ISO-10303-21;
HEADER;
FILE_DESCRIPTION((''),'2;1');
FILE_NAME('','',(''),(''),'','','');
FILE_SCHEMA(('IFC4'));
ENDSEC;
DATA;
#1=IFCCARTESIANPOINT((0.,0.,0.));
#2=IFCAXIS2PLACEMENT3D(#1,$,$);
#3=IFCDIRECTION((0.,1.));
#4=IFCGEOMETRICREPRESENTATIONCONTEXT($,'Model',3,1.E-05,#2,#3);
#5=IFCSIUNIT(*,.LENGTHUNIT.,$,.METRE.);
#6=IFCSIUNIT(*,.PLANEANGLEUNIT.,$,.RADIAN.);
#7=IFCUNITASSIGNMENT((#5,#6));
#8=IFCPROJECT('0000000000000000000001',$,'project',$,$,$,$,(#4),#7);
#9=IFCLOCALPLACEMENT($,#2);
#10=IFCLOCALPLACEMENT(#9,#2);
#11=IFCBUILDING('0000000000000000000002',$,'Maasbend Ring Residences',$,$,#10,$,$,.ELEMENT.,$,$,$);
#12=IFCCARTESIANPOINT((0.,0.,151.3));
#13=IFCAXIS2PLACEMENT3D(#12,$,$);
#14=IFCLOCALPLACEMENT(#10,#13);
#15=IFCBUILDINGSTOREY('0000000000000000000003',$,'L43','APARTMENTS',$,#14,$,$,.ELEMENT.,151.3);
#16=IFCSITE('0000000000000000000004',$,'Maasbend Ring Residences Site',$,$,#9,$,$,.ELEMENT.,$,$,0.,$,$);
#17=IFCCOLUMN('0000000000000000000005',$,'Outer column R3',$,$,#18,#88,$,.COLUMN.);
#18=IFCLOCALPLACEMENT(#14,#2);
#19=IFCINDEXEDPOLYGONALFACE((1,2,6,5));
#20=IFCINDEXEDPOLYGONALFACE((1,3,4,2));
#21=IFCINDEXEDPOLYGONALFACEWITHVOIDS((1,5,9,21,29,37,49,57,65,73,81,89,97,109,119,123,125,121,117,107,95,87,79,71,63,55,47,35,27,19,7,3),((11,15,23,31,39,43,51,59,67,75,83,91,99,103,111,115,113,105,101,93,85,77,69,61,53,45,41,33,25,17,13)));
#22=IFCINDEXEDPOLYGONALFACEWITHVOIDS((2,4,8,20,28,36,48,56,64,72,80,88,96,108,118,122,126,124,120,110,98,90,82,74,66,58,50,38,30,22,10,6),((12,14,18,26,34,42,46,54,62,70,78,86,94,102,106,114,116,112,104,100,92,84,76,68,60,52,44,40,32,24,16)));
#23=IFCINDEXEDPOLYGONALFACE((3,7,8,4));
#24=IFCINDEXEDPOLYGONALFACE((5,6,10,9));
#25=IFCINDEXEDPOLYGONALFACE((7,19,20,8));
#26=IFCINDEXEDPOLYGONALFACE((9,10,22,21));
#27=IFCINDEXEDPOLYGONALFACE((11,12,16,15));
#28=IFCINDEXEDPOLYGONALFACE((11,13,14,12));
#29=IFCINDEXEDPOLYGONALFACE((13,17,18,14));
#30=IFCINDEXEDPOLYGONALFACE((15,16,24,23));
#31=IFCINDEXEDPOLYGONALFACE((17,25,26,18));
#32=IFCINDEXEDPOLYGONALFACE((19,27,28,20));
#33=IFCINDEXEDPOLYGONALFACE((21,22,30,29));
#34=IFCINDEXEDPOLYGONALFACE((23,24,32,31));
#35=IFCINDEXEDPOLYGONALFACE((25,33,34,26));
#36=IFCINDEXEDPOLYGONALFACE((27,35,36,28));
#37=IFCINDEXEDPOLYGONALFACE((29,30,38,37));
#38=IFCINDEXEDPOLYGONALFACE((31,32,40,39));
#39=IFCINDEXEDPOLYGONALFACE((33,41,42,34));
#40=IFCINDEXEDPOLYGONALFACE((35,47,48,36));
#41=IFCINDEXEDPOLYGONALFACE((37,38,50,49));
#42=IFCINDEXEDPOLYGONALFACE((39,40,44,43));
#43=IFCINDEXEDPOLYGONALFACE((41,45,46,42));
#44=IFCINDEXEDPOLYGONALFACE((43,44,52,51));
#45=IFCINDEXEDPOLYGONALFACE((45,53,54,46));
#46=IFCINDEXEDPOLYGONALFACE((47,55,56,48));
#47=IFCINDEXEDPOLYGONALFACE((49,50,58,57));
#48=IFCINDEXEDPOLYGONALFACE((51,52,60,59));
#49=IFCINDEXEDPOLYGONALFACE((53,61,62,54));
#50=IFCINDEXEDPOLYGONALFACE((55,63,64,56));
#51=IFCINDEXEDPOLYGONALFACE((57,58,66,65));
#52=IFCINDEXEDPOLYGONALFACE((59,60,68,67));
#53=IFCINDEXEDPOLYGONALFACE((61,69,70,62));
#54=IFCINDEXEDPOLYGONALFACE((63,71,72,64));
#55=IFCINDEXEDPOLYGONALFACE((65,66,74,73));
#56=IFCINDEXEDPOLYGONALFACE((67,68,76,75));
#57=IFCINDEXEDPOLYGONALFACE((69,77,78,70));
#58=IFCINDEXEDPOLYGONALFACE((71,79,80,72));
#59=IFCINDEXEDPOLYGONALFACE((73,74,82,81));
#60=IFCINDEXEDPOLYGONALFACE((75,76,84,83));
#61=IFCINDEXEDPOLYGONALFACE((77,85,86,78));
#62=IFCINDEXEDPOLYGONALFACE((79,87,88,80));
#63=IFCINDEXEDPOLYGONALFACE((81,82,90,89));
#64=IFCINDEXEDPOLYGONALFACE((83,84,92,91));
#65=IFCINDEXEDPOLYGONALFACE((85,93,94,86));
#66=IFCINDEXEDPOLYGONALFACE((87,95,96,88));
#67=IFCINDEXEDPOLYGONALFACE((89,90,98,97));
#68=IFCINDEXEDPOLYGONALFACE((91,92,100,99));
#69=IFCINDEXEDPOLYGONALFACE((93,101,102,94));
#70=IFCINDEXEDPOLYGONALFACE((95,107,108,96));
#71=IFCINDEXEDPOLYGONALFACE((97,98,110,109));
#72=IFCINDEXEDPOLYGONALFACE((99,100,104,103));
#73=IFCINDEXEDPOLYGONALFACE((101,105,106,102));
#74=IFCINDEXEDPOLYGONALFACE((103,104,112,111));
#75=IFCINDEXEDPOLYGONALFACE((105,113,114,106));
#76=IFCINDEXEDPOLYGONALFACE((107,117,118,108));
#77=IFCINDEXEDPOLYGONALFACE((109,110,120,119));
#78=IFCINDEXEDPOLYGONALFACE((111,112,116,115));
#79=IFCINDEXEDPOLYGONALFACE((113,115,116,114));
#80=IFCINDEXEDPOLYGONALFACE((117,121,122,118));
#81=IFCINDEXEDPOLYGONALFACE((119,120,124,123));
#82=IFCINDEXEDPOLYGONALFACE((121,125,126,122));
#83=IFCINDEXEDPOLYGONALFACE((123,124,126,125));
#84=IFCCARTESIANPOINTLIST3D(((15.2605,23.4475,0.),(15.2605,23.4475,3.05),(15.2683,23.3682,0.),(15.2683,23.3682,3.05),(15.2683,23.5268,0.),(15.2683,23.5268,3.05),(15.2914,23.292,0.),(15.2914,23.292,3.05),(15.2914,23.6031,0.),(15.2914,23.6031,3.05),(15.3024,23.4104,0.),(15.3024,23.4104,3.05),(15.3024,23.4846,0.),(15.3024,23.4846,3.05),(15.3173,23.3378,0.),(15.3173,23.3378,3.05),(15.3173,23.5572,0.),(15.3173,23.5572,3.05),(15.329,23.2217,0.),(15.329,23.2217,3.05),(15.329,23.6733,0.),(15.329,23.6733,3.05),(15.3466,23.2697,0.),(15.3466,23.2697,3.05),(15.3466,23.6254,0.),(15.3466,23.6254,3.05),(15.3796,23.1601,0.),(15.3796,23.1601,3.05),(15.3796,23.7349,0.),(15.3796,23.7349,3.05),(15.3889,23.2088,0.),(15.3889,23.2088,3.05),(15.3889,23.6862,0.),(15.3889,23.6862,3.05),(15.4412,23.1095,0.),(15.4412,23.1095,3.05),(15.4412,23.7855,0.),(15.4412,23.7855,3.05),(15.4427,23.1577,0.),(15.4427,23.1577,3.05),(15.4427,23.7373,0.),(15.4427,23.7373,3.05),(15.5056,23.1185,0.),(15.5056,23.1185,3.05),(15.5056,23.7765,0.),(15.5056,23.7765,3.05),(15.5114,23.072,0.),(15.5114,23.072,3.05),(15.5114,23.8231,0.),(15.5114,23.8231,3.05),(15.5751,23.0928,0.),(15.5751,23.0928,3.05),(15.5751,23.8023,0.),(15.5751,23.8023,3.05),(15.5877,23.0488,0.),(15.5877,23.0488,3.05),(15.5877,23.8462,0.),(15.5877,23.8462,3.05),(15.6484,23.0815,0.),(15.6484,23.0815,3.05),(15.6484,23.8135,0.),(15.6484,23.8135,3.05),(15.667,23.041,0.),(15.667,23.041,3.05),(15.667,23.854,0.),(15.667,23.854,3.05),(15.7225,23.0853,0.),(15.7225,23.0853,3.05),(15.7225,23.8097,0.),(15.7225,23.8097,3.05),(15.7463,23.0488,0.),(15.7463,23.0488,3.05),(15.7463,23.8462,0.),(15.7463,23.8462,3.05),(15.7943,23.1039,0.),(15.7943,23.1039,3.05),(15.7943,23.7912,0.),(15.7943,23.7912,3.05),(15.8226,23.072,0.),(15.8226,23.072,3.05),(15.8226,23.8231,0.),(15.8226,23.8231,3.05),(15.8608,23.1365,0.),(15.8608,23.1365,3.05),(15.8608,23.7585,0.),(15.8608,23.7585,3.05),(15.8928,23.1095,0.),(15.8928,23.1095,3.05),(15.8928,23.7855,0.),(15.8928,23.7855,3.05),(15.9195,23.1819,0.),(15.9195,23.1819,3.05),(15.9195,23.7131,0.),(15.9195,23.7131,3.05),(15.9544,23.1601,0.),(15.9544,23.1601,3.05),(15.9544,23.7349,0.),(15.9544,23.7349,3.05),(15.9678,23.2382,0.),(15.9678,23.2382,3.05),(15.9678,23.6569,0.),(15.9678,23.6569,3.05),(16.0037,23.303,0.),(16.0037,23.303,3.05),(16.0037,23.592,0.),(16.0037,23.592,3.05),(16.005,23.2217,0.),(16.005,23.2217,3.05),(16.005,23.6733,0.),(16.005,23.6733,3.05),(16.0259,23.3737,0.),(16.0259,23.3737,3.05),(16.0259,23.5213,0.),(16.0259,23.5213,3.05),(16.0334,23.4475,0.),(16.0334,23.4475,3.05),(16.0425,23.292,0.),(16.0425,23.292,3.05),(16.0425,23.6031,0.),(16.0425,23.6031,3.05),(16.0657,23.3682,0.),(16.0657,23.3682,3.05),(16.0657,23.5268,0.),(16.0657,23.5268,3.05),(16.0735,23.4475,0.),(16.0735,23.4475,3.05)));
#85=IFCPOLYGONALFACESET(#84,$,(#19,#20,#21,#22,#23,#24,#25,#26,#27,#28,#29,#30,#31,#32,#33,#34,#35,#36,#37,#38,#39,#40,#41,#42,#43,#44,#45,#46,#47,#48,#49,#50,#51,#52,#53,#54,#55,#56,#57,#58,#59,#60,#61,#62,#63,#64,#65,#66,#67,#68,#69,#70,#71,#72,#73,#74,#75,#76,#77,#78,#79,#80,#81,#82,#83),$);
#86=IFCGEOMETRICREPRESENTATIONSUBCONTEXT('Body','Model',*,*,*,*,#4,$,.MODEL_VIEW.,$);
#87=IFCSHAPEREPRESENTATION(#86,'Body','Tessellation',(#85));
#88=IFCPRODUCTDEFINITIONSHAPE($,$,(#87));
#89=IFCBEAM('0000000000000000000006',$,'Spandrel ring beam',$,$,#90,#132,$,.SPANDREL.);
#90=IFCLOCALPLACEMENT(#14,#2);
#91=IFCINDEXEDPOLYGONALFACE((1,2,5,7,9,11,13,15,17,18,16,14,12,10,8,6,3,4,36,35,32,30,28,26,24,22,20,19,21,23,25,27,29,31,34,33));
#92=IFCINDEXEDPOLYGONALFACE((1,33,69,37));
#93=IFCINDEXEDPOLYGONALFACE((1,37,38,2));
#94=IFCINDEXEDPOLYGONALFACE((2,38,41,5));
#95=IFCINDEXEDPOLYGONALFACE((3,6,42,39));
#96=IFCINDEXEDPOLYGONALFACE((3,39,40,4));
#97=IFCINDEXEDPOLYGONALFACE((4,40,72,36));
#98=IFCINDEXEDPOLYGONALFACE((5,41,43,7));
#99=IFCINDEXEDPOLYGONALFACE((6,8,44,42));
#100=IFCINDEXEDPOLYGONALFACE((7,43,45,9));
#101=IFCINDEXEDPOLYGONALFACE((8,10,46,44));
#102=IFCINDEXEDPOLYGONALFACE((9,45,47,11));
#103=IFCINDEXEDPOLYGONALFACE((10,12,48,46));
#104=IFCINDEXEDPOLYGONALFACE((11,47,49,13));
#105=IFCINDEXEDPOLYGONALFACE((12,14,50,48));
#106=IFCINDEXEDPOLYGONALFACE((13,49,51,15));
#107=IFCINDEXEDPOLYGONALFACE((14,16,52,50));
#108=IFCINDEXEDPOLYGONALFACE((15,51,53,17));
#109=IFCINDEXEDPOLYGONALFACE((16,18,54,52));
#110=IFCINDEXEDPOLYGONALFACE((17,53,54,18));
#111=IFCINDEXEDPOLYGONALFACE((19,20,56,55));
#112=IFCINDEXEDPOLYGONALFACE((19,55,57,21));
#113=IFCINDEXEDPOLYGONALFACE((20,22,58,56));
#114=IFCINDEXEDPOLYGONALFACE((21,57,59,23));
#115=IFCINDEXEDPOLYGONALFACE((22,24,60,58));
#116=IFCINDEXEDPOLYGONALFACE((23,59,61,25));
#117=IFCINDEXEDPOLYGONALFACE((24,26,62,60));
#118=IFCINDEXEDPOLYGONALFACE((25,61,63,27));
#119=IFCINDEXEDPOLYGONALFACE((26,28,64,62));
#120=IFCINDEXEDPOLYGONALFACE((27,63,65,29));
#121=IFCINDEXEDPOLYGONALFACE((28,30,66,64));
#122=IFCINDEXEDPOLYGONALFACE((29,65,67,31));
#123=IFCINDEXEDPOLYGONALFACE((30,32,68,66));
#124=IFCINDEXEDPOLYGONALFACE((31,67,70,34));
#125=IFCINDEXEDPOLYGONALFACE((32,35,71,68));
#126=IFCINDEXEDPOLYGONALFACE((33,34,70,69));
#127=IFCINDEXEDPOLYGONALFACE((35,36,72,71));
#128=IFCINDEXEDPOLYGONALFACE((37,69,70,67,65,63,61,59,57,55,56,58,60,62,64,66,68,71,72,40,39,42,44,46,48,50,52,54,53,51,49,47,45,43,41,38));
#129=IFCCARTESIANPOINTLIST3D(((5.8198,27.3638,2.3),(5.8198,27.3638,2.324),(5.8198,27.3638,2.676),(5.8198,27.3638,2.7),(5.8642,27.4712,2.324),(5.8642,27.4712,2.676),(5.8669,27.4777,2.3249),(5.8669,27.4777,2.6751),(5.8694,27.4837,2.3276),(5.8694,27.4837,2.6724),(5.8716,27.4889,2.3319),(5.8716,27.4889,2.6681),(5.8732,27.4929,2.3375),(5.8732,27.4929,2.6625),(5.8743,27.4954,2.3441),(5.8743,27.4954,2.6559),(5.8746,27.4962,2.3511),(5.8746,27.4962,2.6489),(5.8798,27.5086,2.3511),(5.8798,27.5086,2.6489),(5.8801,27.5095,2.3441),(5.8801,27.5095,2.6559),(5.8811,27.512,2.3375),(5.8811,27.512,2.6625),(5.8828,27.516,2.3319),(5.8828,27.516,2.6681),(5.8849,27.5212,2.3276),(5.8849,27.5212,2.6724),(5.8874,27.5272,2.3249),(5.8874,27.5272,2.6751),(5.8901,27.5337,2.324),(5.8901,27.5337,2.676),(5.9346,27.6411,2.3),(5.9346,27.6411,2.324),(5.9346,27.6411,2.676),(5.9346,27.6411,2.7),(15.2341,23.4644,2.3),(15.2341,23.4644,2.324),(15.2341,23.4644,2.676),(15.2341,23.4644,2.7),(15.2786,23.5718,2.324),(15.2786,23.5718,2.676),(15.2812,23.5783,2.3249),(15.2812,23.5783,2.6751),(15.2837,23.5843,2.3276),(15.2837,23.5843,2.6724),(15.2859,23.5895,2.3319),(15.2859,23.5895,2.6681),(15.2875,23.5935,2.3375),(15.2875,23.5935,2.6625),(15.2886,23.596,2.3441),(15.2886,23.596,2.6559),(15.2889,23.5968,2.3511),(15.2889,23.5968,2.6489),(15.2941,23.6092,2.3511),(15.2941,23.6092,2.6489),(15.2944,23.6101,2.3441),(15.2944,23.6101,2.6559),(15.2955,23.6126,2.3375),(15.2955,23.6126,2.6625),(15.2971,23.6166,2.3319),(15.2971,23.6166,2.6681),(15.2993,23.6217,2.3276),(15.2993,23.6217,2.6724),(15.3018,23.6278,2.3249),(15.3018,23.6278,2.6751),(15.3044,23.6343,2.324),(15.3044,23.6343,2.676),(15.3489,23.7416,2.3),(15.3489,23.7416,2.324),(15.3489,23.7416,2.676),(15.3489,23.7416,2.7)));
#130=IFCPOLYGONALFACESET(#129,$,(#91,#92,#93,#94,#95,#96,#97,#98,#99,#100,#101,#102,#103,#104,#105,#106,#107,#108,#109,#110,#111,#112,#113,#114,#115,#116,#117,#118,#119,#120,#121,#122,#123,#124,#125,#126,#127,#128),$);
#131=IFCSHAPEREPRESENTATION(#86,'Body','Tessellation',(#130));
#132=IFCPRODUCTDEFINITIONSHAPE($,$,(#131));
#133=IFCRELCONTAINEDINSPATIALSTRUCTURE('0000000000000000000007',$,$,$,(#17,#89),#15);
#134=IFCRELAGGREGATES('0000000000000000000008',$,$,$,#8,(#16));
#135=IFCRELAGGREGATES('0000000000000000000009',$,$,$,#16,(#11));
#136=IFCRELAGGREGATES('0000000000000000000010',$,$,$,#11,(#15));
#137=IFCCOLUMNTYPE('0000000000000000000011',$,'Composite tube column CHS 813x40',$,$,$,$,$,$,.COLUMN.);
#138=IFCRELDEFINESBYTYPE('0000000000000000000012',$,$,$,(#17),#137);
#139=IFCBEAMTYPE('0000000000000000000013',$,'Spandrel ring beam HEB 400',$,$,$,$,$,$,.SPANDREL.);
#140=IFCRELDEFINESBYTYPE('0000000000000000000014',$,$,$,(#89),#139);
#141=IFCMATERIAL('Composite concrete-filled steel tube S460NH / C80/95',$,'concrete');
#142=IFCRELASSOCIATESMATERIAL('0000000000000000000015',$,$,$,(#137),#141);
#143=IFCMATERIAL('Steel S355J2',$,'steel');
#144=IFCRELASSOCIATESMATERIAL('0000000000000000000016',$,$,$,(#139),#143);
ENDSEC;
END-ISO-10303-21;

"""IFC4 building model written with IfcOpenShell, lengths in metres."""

from ifc_helpers import new_model, si_unit, direction, frame, origin, origin_2d, place, context, subcontext, project, spatial, hollow_circle, i_section, extrude, material, material_profile, profile_set, type_object, element, save


model = new_model("IFC4")

# Units and contexts
model_context = context("Model", 3, precision=1e-05, world=origin(), true_north=direction((0.0, 1.0)))
body_context = subcontext(model_context, "Body", "Model", "MODEL_VIEW")
ifc_project = project(units=[si_unit("LENGTHUNIT", "METRE"), si_unit("PLANEANGLEUNIT", "RADIAN")], contexts=[model_context])

# Site, building, storey
site_placement = place(None, origin())
site = spatial("IfcSite", under=ifc_project, at=site_placement, Name="Maasbend Ring Residences Site", CompositionType="ELEMENT", RefElevation=0.0)
building_placement = place(site_placement, origin())
building = spatial("IfcBuilding", under=site, at=building_placement, Name="Maasbend Ring Residences", CompositionType="ELEMENT")
storey_placement = place(building_placement, frame((0.0, 0.0, 151.3)))
storey = spatial("IfcBuildingStorey", under=building, at=storey_placement, Name="L43", Description="APARTMENTS", CompositionType="ELEMENT", Elevation=151.3)

# Column
ifc_material_1 = material(Name="Composite concrete-filled steel tube S460NH / C80/95", Category="concrete")
ifc_material_profile_1 = material_profile(ifc_material_1, hollow_circle(Radius=0.4065, WallThickness=0.04, at=origin_2d()), Name="Composite tube column CHS 813x40")
ifc_profile_set_1 = profile_set([ifc_material_profile_1], Name="Composite concrete-filled steel tube S460NH / C80/95")
column_type = type_object("IfcColumnType", Name="Composite tube column CHS 813x40", PredefinedType="COLUMN", material=ifc_profile_set_1)
column_placement = place(storey_placement, frame((15.667, 23.4475, 0.0), z_axis=(0.0, 0.0, 1.0), x_axis=(1.0, 0.0, 0.0)))
element("IfcColumn", 1, at=column_placement, inside=storey, type_object=column_type, Name="Outer column R3", PredefinedType="COLUMN", context=body_context, shape_type="SweptSolid", body=[
    extrude(hollow_circle(Radius=0.4065, WallThickness=0.04, at=origin_2d()), origin(), (0.0, 0.0, 1.0), 3.05),
])

# Beam
ifc_material_2 = material(Name="Steel S355J2", Category="steel")
ifc_material_profile_2 = material_profile(ifc_material_2, i_section(OverallWidth=0.3, OverallDepth=0.3999, WebThickness=0.0134, FlangeThickness=0.0239, FilletRadius=0.0271, at=origin_2d()), Name="HEB 400")
ifc_profile_set_2 = profile_set([ifc_material_profile_2], Name="Steel S355J2")
beam_type = type_object("IfcBeamType", Name="Spandrel ring beam HEB 400", PredefinedType="SPANDREL", material=ifc_profile_set_2)
beam_placement = place(storey_placement, frame((15.2915, 23.603, 2.5), z_axis=(-0.923884, 0.382673, 0.0), x_axis=(-0.382673, -0.923884, 0.0)))
element("IfcBeam", 2, at=beam_placement, inside=storey, type_object=beam_type, Name="Spandrel ring beam", PredefinedType="SPANDREL", context=body_context, shape_type="SweptSolid", body=[
    extrude(i_section(OverallWidth=0.3, OverallDepth=0.3999, WebThickness=0.0134, FlangeThickness=0.0239, FilletRadius=0.0271, at=origin_2d()), origin(), (0.0, 0.0, 1.0), 10.1899),
])

save(model, "model.ifc")
